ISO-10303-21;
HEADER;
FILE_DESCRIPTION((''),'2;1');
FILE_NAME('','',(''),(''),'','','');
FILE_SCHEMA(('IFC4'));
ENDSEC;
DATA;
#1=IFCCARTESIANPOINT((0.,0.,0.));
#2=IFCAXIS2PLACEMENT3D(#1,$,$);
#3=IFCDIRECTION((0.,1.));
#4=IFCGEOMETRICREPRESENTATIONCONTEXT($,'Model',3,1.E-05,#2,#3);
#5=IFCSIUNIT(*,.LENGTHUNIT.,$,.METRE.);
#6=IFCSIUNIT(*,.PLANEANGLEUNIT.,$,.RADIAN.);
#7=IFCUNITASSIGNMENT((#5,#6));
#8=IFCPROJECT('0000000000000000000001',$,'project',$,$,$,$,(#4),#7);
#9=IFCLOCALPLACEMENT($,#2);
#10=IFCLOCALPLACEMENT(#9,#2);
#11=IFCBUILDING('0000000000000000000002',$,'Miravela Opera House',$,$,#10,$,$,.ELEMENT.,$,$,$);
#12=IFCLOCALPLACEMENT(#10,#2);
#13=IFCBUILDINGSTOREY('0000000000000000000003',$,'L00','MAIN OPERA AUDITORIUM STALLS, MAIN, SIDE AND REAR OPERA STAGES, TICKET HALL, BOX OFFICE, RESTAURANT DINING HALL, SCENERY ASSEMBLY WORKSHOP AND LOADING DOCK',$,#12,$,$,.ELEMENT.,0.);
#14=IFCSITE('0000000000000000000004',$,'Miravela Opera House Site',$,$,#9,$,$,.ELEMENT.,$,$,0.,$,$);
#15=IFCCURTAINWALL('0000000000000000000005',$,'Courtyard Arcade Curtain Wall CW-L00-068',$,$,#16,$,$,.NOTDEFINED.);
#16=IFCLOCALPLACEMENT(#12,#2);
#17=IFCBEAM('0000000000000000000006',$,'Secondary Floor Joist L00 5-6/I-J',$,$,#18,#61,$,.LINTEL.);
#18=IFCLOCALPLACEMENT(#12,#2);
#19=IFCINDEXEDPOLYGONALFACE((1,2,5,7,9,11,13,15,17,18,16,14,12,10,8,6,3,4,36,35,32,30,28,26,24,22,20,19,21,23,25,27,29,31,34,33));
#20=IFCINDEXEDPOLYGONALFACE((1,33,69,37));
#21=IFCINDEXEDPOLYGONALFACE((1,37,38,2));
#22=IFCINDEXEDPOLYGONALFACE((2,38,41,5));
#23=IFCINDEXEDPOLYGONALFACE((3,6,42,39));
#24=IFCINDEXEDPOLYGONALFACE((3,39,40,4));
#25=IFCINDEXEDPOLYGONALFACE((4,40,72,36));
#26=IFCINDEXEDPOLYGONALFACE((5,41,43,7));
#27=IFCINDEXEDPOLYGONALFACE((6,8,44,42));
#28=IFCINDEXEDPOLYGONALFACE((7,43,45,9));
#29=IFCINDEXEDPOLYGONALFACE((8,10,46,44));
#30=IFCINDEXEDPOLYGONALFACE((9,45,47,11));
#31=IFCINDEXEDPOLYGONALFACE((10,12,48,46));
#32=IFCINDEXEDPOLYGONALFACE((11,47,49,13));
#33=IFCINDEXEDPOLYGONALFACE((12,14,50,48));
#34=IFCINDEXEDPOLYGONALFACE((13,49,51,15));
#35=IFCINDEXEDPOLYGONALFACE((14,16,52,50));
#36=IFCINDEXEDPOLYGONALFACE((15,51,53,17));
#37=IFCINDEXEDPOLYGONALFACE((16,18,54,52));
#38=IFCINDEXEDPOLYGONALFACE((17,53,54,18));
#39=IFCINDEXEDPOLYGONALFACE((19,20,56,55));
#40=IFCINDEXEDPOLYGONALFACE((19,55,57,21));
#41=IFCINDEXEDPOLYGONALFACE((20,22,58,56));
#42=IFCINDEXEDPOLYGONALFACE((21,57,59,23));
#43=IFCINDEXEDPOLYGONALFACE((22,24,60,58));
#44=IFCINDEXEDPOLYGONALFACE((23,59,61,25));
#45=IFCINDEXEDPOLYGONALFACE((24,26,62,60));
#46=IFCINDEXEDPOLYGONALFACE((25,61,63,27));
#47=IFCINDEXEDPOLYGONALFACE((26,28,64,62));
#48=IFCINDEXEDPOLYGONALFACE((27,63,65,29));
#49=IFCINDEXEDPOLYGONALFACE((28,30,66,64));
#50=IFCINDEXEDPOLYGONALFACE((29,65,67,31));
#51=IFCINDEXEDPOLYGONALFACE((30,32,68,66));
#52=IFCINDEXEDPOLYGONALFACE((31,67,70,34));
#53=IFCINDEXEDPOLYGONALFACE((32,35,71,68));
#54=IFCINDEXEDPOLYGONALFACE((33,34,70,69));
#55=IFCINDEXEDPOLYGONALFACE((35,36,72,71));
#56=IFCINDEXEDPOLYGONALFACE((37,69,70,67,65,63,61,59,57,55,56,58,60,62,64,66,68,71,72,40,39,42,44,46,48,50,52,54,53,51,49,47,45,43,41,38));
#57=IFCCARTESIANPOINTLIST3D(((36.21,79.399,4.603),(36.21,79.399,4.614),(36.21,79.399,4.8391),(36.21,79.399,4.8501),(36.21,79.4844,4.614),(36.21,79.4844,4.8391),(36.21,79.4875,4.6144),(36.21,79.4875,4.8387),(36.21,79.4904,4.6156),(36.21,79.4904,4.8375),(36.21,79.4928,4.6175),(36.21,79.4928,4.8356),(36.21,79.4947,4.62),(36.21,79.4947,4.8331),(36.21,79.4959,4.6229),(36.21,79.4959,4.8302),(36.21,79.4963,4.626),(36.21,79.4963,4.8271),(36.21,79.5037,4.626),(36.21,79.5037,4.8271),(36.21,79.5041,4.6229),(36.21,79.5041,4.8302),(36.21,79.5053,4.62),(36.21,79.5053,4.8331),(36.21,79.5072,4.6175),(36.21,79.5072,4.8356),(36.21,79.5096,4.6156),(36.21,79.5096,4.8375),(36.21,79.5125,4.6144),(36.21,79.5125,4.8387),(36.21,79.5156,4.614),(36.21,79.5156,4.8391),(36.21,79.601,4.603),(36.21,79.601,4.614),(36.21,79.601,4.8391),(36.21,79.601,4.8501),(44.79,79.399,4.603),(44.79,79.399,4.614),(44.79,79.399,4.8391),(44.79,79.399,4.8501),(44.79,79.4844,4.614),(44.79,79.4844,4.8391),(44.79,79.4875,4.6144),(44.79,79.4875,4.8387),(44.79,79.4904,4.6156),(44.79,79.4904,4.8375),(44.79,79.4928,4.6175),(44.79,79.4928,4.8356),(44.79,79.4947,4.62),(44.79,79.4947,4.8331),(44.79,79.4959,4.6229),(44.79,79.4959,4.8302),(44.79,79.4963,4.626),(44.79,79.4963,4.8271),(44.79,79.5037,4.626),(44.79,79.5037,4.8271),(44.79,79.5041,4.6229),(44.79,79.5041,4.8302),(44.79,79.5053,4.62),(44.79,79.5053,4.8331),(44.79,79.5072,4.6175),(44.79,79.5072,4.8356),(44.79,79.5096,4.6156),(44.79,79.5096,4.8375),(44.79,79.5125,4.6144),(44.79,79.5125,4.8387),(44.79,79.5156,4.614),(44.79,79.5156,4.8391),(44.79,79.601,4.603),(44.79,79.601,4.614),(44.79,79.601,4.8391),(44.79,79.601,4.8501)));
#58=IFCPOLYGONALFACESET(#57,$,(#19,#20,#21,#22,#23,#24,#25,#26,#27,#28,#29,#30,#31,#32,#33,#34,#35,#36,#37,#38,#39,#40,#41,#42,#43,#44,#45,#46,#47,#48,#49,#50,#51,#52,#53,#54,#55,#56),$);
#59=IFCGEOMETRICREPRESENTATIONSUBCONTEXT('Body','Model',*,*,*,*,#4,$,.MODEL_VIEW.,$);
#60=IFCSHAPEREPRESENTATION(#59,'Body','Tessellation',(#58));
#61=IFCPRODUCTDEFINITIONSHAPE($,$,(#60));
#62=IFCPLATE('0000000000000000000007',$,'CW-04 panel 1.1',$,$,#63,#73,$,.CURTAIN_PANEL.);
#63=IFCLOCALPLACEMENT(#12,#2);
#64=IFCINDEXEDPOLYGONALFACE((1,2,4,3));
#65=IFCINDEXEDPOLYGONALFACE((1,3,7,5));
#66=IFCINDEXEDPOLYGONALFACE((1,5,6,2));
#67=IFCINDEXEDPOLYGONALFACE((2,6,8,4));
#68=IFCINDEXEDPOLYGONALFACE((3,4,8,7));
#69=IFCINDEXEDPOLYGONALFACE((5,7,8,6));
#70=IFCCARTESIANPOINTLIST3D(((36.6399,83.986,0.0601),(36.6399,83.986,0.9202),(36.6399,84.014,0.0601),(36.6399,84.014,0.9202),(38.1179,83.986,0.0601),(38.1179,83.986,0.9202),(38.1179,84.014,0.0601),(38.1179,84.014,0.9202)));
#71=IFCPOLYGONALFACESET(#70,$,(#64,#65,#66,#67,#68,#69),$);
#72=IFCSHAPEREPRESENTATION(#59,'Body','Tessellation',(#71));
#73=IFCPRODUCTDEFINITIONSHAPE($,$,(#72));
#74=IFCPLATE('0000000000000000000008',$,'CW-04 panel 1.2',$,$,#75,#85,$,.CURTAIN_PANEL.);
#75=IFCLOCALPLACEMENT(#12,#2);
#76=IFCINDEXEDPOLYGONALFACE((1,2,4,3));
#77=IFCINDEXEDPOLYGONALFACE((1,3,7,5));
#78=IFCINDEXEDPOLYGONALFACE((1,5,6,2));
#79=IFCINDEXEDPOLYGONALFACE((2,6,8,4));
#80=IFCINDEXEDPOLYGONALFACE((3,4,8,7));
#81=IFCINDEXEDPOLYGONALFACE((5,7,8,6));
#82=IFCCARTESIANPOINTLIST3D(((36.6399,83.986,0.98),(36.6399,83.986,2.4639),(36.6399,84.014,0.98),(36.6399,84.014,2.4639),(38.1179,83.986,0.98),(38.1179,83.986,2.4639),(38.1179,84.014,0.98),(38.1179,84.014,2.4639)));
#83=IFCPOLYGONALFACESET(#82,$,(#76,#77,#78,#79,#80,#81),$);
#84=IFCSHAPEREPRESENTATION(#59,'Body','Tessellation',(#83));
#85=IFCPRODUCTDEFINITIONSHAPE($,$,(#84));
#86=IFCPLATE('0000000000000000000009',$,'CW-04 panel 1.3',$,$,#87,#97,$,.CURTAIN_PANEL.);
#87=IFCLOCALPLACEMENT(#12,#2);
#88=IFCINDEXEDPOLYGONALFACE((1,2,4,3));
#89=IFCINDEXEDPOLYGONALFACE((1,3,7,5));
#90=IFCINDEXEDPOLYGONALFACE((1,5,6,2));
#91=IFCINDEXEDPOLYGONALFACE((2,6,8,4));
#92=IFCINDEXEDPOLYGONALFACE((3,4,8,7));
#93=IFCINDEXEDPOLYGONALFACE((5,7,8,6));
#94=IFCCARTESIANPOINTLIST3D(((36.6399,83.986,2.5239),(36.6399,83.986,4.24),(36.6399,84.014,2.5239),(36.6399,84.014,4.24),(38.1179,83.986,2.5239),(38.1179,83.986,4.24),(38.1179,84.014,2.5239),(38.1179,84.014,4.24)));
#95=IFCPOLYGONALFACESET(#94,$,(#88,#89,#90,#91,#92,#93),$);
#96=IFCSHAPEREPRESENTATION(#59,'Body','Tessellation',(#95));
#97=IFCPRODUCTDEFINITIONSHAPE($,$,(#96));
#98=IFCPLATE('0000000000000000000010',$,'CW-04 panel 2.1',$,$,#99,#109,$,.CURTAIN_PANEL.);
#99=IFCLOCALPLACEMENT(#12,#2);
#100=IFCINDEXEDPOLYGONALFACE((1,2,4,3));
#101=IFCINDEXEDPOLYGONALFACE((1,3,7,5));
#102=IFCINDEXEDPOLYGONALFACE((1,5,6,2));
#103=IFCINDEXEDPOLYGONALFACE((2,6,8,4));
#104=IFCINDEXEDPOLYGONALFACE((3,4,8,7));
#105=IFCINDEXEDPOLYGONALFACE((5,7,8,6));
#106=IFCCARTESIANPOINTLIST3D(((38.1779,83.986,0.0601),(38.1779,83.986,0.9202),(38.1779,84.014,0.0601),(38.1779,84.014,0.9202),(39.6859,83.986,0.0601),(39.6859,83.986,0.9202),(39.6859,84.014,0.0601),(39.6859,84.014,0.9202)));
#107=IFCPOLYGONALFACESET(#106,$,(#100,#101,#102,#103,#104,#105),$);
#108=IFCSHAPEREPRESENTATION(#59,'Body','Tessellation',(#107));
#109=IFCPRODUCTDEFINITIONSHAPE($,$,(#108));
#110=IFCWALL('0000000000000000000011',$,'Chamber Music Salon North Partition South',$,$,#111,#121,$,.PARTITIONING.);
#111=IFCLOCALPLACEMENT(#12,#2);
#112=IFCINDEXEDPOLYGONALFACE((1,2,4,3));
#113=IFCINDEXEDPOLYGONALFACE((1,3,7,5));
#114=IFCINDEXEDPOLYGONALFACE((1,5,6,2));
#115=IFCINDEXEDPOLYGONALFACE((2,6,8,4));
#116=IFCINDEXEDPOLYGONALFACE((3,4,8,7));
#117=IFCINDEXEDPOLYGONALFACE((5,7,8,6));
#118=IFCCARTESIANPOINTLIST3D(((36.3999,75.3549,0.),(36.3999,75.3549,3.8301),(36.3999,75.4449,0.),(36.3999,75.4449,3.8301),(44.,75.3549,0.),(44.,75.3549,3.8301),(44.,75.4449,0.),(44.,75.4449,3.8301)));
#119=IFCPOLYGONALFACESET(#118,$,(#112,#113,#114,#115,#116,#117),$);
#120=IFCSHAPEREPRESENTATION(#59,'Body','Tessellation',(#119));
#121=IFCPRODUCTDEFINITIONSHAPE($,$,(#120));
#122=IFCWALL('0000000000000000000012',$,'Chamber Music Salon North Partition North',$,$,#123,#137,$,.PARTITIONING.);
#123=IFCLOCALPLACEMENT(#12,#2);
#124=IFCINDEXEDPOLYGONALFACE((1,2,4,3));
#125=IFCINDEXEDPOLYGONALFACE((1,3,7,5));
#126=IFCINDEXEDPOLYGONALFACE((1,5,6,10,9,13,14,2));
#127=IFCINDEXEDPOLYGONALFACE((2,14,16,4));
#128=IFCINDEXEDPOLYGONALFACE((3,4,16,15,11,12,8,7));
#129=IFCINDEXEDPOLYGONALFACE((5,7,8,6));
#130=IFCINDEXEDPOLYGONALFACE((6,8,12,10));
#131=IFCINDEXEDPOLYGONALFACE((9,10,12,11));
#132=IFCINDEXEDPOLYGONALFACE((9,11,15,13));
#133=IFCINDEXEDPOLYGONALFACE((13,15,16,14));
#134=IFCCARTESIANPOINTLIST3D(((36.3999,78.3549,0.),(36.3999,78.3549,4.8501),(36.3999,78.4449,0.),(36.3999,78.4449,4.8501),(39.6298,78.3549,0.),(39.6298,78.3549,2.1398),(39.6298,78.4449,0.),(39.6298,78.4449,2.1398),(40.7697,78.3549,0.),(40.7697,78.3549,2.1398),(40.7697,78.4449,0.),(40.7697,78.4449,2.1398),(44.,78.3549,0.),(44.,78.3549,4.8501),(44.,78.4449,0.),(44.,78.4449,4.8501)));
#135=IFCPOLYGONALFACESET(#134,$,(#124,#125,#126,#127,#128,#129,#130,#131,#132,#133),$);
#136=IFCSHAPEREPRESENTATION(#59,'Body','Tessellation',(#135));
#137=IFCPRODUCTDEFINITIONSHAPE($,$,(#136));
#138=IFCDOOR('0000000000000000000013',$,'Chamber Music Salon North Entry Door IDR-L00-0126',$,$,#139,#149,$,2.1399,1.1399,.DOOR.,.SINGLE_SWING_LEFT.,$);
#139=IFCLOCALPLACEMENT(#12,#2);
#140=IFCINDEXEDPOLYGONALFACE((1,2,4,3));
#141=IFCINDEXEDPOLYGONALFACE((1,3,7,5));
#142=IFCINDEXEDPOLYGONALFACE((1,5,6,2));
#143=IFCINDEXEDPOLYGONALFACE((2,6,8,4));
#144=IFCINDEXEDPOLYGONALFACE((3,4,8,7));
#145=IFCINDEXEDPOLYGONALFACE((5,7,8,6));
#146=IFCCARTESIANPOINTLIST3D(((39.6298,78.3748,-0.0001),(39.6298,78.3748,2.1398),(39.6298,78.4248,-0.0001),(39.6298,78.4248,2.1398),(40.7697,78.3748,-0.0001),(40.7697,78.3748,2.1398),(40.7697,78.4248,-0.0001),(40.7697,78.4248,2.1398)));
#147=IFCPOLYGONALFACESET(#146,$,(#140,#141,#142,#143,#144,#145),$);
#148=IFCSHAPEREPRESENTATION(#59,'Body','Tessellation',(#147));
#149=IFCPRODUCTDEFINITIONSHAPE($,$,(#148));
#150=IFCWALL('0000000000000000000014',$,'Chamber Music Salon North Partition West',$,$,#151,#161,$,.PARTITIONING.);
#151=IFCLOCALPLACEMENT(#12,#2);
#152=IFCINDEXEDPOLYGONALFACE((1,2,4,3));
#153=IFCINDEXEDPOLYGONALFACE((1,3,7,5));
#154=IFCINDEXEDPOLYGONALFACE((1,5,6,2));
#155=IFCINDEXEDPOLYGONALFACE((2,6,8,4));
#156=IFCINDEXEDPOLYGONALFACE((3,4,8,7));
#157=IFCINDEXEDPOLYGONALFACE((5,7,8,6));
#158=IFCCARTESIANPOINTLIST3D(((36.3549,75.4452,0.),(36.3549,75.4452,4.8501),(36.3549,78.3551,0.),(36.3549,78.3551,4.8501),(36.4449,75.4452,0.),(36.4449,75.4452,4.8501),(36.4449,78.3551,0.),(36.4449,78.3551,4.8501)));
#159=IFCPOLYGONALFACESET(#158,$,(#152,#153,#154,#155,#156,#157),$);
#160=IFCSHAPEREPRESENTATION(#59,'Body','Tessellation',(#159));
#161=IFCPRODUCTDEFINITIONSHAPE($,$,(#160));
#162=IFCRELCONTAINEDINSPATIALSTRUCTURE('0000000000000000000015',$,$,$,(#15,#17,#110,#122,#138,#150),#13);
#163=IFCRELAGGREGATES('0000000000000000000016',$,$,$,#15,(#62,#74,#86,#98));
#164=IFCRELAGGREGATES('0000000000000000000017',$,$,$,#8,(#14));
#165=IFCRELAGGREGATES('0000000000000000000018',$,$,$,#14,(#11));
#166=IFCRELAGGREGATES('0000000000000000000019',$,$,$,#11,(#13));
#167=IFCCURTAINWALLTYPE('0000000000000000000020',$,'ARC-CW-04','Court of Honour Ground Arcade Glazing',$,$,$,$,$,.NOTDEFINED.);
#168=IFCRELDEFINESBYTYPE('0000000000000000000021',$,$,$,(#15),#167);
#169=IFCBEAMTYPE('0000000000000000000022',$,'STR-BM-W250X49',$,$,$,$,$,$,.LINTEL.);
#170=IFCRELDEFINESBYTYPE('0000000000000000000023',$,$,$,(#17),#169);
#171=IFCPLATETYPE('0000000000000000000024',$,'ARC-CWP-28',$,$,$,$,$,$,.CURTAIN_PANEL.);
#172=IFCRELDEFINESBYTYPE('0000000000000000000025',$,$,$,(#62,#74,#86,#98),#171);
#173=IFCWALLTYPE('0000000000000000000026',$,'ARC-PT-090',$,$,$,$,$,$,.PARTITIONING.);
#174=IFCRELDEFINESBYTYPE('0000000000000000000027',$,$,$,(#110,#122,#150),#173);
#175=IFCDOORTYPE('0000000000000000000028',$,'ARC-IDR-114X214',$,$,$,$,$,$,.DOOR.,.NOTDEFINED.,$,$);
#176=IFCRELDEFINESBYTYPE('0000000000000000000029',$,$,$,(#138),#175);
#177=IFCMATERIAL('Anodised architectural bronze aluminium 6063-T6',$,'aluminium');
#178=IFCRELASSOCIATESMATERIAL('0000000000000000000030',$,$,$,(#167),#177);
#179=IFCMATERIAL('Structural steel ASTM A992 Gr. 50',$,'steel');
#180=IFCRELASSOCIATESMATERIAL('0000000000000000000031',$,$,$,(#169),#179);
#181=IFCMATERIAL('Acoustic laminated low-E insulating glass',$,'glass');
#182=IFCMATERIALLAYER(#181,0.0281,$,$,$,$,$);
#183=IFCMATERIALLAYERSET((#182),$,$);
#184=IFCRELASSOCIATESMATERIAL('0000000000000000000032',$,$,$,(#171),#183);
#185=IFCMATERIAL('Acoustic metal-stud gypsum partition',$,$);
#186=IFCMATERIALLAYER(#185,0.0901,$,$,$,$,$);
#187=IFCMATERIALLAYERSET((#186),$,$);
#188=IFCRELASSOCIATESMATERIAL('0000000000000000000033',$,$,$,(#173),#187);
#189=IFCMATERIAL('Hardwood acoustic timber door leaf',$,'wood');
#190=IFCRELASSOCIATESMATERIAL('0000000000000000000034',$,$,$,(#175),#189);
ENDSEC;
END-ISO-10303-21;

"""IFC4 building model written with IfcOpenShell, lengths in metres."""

from ifc_helpers import new_model, si_unit, direction, frame, frame_2d, origin, origin_2d, place, context, subcontext, project, spatial, rectangle, i_section, extrude, material, layer, layer_set, material_profile, profile_set, type_object, element, fill, aggregate, save


model = new_model("IFC4")

# Units and contexts
model_context = context("Model", 3, precision=1e-05, world=origin(), true_north=direction((0.0, 1.0)))
body_context = subcontext(model_context, "Body", "Model", "MODEL_VIEW")
ifc_project = project(units=[si_unit("LENGTHUNIT", "METRE"), si_unit("PLANEANGLEUNIT", "RADIAN")], contexts=[model_context])

# Site, building, storey
site_placement = place(None, origin())
site = spatial("IfcSite", under=ifc_project, at=site_placement, Name="Miravela Opera House Site", CompositionType="ELEMENT", RefElevation=0.0)
building_placement = place(site_placement, origin())
building = spatial("IfcBuilding", under=site, at=building_placement, Name="Miravela Opera House", CompositionType="ELEMENT")
storey_placement = place(building_placement, origin())
storey = spatial("IfcBuildingStorey", under=building, at=storey_placement, Name="L00", Description="MAIN OPERA AUDITORIUM STALLS, MAIN, SIDE AND REAR OPERA STAGES, TICKET HALL, BOX OFFICE, RESTAURANT DINING HALL, SCENERY ASSEMBLY WORKSHOP AND LOADING DOCK", CompositionType="ELEMENT", Elevation=0.0)

# Curtain wall
ifc_material_1 = material(Name="Anodised architectural bronze aluminium 6063-T6", Category="aluminium")
curtain_wall_type = type_object("IfcCurtainWallType", Name="ARC-CW-04", Description="Court of Honour Ground Arcade Glazing", PredefinedType="NOTDEFINED", material=ifc_material_1)
curtain_wall_placement = place(storey_placement, origin())
curtain_wall = element("IfcCurtainWall", 1, at=curtain_wall_placement, inside=storey, type_object=curtain_wall_type, Name="Courtyard Arcade Curtain Wall CW-L00-068", PredefinedType="NOTDEFINED")

# Beam
ifc_material_2 = material(Name="Structural steel ASTM A992 Gr. 50", Category="steel")
ifc_material_profile_1 = material_profile(ifc_material_2, i_section(OverallWidth=0.2019, OverallDepth=0.2471, WebThickness=0.0073, FlangeThickness=0.011, FilletRadius=0.012, at=origin_2d()), Name="W250X49")
ifc_profile_set_1 = profile_set([ifc_material_profile_1])
beam_type_1 = type_object("IfcBeamType", Name="STR-BM-W250X49", PredefinedType="LINTEL", material=ifc_profile_set_1)
beam_1_placement = place(storey_placement, frame((36.21, 79.5, 4.7266), z_axis=(1.0, 0.0, 0.0), x_axis=(0.0, 1.0, 0.0)))
element("IfcBeam", 2, at=beam_1_placement, inside=storey, type_object=beam_type_1, Name="Secondary Floor Joist L00 5-6/I-J", PredefinedType="LINTEL", context=body_context, shape_type="SweptSolid", body=[
    extrude(i_section(OverallWidth=0.2019, OverallDepth=0.2471, WebThickness=0.0073, FlangeThickness=0.011, FilletRadius=0.012, at=origin_2d()), origin(), (0.0, 0.0, 1.0), 8.5801),
])

# Plates
ifc_material_3 = material(Name="Acoustic laminated low-E insulating glass", Category="glass")
ifc_layer_1 = layer(ifc_material_3, 0.0281)
ifc_layer_set_1 = layer_set([ifc_layer_1])
plate_type = type_object("IfcPlateType", Name="ARC-CWP-28", PredefinedType="CURTAIN_PANEL", material=ifc_layer_set_1)
plate_1_placement = place(storey_placement, frame((37.3789, 84.0, 0.0601), z_axis=(0.0, 0.0, 1.0), x_axis=(1.0, 0.0, 0.0)))
plate_1 = element("IfcPlate", 3, at=plate_1_placement, type_object=plate_type, Name="CW-04 panel 1.1", PredefinedType="CURTAIN_PANEL", context=body_context, shape_type="SweptSolid", body=[
    extrude(rectangle(XDim=1.478, YDim=0.0281, at=origin_2d()), origin(), (0.0, 0.0, 1.0), 0.8601),
])
plate_2_placement = place(storey_placement, frame((37.3789, 84.0, 0.98), z_axis=(0.0, 0.0, 1.0), x_axis=(1.0, 0.0, 0.0)))
plate_2 = element("IfcPlate", 4, at=plate_2_placement, type_object=plate_type, Name="CW-04 panel 1.2", PredefinedType="CURTAIN_PANEL", context=body_context, shape_type="SweptSolid", body=[
    extrude(rectangle(XDim=1.478, YDim=0.0281, at=origin_2d()), origin(), (0.0, 0.0, 1.0), 1.4839),
])
plate_3_placement = place(storey_placement, frame((37.3789, 84.0, 2.5239), z_axis=(0.0, 0.0, 1.0), x_axis=(1.0, 0.0, 0.0)))
plate_3 = element("IfcPlate", 5, at=plate_3_placement, type_object=plate_type, Name="CW-04 panel 1.3", PredefinedType="CURTAIN_PANEL", context=body_context, shape_type="SweptSolid", body=[
    extrude(rectangle(XDim=1.478, YDim=0.0281, at=origin_2d()), origin(), (0.0, 0.0, 1.0), 1.7161),
])
plate_4_placement = place(storey_placement, frame((38.9319, 84.0, 0.0601), z_axis=(0.0, 0.0, 1.0), x_axis=(1.0, 0.0, 0.0)))
plate_4 = element("IfcPlate", 6, at=plate_4_placement, type_object=plate_type, Name="CW-04 panel 2.1", PredefinedType="CURTAIN_PANEL", context=body_context, shape_type="SweptSolid", body=[
    extrude(rectangle(XDim=1.5081, YDim=0.0281, at=origin_2d()), origin(), (0.0, 0.0, 1.0), 0.8601),
])
aggregate(curtain_wall, [plate_1, plate_2, plate_3, plate_4])

# Wall
ifc_material_4 = material(Name="Acoustic metal-stud gypsum partition")
ifc_layer_2 = layer(ifc_material_4, 0.0901)
ifc_layer_set_2 = layer_set([ifc_layer_2])
wall_type = type_object("IfcWallType", Name="ARC-PT-090", PredefinedType="PARTITIONING", material=ifc_layer_set_2)
wall_1_placement = place(storey_placement, frame((36.3999, 75.3999, 0.0), z_axis=(0.0, 0.0, 1.0), x_axis=(1.0, 0.0, 0.0)))
element("IfcWall", 7, at=wall_1_placement, inside=storey, type_object=wall_type, Name="Chamber Music Salon North Partition South", PredefinedType="PARTITIONING", context=body_context, shape_type="SweptSolid", body=[
    extrude(rectangle(XDim=7.6001, YDim=0.0901, at=frame_2d((3.8, 0.0))), origin(), (0.0, 0.0, 1.0), 3.8301),
])

# Wall, opening, door
wall_2_placement = place(storey_placement, frame((36.3999, 78.3999, 0.0), z_axis=(0.0, 0.0, 1.0), x_axis=(1.0, 0.0, 0.0)))
wall_2 = element("IfcWall", 8, at=wall_2_placement, inside=storey, type_object=wall_type, Name="Chamber Music Salon North Partition North", PredefinedType="PARTITIONING", context=body_context, shape_type="SweptSolid", body=[
    extrude(rectangle(XDim=7.6001, YDim=0.0901, at=frame_2d((3.8, 0.0))), origin(), (0.0, 0.0, 1.0), 4.8501),
])
opening_placement = place(wall_2_placement, frame((3.23, 0.0, 0.0)))
opening = element("IfcOpeningElement", 9, at=opening_placement, cuts=wall_2, PredefinedType="OPENING", context=body_context, shape_type="SweptSolid", body=[
    extrude(rectangle(XDim=1.1399, YDim=2.1399, at=frame_2d((0.5698, 1.0698))), frame((0.0, 0.0549, 0.0), z_axis=(0.0, -1.0, 0.0), x_axis=(1.0, 0.0, 0.0)), (0.0, 0.0, 1.0), 0.1101),
])
ifc_material_5 = material(Name="Hardwood acoustic timber door leaf", Category="wood")
door_type = type_object("IfcDoorType", Name="ARC-IDR-114X214", OperationType="NOTDEFINED", PredefinedType="DOOR", material=ifc_material_5)
door_placement = place(opening_placement, origin())
door = element("IfcDoor", 10, at=door_placement, inside=storey, type_object=door_type, Name="Chamber Music Salon North Entry Door IDR-L00-0126", OperationType="SINGLE_SWING_LEFT", OverallHeight=2.1399, OverallWidth=1.1399, PredefinedType="DOOR", context=body_context, shape_type="SweptSolid", body=[
    extrude(rectangle(XDim=1.1399, YDim=2.1399, at=frame_2d((0.5698, 1.0698))), frame((0.0, 0.0249, 0.0), z_axis=(0.0, -1.0, 0.0), x_axis=(1.0, 0.0, 0.0)), (0.0, 0.0, 1.0), 0.05),
])
fill(opening, door)

# Wall
wall_3_placement = place(storey_placement, frame((36.3999, 75.4451, 0.0), z_axis=(0.0, 0.0, 1.0), x_axis=(0.0, 1.0, 0.0)))
element("IfcWall", 11, at=wall_3_placement, inside=storey, type_object=wall_type, Name="Chamber Music Salon North Partition West", PredefinedType="PARTITIONING", context=body_context, shape_type="SweptSolid", body=[
    extrude(rectangle(XDim=2.9099, YDim=0.0901, at=frame_2d((1.4551, 0.0))), origin(), (0.0, 0.0, 1.0), 4.8501),
])

save(model, "model.ifc")
